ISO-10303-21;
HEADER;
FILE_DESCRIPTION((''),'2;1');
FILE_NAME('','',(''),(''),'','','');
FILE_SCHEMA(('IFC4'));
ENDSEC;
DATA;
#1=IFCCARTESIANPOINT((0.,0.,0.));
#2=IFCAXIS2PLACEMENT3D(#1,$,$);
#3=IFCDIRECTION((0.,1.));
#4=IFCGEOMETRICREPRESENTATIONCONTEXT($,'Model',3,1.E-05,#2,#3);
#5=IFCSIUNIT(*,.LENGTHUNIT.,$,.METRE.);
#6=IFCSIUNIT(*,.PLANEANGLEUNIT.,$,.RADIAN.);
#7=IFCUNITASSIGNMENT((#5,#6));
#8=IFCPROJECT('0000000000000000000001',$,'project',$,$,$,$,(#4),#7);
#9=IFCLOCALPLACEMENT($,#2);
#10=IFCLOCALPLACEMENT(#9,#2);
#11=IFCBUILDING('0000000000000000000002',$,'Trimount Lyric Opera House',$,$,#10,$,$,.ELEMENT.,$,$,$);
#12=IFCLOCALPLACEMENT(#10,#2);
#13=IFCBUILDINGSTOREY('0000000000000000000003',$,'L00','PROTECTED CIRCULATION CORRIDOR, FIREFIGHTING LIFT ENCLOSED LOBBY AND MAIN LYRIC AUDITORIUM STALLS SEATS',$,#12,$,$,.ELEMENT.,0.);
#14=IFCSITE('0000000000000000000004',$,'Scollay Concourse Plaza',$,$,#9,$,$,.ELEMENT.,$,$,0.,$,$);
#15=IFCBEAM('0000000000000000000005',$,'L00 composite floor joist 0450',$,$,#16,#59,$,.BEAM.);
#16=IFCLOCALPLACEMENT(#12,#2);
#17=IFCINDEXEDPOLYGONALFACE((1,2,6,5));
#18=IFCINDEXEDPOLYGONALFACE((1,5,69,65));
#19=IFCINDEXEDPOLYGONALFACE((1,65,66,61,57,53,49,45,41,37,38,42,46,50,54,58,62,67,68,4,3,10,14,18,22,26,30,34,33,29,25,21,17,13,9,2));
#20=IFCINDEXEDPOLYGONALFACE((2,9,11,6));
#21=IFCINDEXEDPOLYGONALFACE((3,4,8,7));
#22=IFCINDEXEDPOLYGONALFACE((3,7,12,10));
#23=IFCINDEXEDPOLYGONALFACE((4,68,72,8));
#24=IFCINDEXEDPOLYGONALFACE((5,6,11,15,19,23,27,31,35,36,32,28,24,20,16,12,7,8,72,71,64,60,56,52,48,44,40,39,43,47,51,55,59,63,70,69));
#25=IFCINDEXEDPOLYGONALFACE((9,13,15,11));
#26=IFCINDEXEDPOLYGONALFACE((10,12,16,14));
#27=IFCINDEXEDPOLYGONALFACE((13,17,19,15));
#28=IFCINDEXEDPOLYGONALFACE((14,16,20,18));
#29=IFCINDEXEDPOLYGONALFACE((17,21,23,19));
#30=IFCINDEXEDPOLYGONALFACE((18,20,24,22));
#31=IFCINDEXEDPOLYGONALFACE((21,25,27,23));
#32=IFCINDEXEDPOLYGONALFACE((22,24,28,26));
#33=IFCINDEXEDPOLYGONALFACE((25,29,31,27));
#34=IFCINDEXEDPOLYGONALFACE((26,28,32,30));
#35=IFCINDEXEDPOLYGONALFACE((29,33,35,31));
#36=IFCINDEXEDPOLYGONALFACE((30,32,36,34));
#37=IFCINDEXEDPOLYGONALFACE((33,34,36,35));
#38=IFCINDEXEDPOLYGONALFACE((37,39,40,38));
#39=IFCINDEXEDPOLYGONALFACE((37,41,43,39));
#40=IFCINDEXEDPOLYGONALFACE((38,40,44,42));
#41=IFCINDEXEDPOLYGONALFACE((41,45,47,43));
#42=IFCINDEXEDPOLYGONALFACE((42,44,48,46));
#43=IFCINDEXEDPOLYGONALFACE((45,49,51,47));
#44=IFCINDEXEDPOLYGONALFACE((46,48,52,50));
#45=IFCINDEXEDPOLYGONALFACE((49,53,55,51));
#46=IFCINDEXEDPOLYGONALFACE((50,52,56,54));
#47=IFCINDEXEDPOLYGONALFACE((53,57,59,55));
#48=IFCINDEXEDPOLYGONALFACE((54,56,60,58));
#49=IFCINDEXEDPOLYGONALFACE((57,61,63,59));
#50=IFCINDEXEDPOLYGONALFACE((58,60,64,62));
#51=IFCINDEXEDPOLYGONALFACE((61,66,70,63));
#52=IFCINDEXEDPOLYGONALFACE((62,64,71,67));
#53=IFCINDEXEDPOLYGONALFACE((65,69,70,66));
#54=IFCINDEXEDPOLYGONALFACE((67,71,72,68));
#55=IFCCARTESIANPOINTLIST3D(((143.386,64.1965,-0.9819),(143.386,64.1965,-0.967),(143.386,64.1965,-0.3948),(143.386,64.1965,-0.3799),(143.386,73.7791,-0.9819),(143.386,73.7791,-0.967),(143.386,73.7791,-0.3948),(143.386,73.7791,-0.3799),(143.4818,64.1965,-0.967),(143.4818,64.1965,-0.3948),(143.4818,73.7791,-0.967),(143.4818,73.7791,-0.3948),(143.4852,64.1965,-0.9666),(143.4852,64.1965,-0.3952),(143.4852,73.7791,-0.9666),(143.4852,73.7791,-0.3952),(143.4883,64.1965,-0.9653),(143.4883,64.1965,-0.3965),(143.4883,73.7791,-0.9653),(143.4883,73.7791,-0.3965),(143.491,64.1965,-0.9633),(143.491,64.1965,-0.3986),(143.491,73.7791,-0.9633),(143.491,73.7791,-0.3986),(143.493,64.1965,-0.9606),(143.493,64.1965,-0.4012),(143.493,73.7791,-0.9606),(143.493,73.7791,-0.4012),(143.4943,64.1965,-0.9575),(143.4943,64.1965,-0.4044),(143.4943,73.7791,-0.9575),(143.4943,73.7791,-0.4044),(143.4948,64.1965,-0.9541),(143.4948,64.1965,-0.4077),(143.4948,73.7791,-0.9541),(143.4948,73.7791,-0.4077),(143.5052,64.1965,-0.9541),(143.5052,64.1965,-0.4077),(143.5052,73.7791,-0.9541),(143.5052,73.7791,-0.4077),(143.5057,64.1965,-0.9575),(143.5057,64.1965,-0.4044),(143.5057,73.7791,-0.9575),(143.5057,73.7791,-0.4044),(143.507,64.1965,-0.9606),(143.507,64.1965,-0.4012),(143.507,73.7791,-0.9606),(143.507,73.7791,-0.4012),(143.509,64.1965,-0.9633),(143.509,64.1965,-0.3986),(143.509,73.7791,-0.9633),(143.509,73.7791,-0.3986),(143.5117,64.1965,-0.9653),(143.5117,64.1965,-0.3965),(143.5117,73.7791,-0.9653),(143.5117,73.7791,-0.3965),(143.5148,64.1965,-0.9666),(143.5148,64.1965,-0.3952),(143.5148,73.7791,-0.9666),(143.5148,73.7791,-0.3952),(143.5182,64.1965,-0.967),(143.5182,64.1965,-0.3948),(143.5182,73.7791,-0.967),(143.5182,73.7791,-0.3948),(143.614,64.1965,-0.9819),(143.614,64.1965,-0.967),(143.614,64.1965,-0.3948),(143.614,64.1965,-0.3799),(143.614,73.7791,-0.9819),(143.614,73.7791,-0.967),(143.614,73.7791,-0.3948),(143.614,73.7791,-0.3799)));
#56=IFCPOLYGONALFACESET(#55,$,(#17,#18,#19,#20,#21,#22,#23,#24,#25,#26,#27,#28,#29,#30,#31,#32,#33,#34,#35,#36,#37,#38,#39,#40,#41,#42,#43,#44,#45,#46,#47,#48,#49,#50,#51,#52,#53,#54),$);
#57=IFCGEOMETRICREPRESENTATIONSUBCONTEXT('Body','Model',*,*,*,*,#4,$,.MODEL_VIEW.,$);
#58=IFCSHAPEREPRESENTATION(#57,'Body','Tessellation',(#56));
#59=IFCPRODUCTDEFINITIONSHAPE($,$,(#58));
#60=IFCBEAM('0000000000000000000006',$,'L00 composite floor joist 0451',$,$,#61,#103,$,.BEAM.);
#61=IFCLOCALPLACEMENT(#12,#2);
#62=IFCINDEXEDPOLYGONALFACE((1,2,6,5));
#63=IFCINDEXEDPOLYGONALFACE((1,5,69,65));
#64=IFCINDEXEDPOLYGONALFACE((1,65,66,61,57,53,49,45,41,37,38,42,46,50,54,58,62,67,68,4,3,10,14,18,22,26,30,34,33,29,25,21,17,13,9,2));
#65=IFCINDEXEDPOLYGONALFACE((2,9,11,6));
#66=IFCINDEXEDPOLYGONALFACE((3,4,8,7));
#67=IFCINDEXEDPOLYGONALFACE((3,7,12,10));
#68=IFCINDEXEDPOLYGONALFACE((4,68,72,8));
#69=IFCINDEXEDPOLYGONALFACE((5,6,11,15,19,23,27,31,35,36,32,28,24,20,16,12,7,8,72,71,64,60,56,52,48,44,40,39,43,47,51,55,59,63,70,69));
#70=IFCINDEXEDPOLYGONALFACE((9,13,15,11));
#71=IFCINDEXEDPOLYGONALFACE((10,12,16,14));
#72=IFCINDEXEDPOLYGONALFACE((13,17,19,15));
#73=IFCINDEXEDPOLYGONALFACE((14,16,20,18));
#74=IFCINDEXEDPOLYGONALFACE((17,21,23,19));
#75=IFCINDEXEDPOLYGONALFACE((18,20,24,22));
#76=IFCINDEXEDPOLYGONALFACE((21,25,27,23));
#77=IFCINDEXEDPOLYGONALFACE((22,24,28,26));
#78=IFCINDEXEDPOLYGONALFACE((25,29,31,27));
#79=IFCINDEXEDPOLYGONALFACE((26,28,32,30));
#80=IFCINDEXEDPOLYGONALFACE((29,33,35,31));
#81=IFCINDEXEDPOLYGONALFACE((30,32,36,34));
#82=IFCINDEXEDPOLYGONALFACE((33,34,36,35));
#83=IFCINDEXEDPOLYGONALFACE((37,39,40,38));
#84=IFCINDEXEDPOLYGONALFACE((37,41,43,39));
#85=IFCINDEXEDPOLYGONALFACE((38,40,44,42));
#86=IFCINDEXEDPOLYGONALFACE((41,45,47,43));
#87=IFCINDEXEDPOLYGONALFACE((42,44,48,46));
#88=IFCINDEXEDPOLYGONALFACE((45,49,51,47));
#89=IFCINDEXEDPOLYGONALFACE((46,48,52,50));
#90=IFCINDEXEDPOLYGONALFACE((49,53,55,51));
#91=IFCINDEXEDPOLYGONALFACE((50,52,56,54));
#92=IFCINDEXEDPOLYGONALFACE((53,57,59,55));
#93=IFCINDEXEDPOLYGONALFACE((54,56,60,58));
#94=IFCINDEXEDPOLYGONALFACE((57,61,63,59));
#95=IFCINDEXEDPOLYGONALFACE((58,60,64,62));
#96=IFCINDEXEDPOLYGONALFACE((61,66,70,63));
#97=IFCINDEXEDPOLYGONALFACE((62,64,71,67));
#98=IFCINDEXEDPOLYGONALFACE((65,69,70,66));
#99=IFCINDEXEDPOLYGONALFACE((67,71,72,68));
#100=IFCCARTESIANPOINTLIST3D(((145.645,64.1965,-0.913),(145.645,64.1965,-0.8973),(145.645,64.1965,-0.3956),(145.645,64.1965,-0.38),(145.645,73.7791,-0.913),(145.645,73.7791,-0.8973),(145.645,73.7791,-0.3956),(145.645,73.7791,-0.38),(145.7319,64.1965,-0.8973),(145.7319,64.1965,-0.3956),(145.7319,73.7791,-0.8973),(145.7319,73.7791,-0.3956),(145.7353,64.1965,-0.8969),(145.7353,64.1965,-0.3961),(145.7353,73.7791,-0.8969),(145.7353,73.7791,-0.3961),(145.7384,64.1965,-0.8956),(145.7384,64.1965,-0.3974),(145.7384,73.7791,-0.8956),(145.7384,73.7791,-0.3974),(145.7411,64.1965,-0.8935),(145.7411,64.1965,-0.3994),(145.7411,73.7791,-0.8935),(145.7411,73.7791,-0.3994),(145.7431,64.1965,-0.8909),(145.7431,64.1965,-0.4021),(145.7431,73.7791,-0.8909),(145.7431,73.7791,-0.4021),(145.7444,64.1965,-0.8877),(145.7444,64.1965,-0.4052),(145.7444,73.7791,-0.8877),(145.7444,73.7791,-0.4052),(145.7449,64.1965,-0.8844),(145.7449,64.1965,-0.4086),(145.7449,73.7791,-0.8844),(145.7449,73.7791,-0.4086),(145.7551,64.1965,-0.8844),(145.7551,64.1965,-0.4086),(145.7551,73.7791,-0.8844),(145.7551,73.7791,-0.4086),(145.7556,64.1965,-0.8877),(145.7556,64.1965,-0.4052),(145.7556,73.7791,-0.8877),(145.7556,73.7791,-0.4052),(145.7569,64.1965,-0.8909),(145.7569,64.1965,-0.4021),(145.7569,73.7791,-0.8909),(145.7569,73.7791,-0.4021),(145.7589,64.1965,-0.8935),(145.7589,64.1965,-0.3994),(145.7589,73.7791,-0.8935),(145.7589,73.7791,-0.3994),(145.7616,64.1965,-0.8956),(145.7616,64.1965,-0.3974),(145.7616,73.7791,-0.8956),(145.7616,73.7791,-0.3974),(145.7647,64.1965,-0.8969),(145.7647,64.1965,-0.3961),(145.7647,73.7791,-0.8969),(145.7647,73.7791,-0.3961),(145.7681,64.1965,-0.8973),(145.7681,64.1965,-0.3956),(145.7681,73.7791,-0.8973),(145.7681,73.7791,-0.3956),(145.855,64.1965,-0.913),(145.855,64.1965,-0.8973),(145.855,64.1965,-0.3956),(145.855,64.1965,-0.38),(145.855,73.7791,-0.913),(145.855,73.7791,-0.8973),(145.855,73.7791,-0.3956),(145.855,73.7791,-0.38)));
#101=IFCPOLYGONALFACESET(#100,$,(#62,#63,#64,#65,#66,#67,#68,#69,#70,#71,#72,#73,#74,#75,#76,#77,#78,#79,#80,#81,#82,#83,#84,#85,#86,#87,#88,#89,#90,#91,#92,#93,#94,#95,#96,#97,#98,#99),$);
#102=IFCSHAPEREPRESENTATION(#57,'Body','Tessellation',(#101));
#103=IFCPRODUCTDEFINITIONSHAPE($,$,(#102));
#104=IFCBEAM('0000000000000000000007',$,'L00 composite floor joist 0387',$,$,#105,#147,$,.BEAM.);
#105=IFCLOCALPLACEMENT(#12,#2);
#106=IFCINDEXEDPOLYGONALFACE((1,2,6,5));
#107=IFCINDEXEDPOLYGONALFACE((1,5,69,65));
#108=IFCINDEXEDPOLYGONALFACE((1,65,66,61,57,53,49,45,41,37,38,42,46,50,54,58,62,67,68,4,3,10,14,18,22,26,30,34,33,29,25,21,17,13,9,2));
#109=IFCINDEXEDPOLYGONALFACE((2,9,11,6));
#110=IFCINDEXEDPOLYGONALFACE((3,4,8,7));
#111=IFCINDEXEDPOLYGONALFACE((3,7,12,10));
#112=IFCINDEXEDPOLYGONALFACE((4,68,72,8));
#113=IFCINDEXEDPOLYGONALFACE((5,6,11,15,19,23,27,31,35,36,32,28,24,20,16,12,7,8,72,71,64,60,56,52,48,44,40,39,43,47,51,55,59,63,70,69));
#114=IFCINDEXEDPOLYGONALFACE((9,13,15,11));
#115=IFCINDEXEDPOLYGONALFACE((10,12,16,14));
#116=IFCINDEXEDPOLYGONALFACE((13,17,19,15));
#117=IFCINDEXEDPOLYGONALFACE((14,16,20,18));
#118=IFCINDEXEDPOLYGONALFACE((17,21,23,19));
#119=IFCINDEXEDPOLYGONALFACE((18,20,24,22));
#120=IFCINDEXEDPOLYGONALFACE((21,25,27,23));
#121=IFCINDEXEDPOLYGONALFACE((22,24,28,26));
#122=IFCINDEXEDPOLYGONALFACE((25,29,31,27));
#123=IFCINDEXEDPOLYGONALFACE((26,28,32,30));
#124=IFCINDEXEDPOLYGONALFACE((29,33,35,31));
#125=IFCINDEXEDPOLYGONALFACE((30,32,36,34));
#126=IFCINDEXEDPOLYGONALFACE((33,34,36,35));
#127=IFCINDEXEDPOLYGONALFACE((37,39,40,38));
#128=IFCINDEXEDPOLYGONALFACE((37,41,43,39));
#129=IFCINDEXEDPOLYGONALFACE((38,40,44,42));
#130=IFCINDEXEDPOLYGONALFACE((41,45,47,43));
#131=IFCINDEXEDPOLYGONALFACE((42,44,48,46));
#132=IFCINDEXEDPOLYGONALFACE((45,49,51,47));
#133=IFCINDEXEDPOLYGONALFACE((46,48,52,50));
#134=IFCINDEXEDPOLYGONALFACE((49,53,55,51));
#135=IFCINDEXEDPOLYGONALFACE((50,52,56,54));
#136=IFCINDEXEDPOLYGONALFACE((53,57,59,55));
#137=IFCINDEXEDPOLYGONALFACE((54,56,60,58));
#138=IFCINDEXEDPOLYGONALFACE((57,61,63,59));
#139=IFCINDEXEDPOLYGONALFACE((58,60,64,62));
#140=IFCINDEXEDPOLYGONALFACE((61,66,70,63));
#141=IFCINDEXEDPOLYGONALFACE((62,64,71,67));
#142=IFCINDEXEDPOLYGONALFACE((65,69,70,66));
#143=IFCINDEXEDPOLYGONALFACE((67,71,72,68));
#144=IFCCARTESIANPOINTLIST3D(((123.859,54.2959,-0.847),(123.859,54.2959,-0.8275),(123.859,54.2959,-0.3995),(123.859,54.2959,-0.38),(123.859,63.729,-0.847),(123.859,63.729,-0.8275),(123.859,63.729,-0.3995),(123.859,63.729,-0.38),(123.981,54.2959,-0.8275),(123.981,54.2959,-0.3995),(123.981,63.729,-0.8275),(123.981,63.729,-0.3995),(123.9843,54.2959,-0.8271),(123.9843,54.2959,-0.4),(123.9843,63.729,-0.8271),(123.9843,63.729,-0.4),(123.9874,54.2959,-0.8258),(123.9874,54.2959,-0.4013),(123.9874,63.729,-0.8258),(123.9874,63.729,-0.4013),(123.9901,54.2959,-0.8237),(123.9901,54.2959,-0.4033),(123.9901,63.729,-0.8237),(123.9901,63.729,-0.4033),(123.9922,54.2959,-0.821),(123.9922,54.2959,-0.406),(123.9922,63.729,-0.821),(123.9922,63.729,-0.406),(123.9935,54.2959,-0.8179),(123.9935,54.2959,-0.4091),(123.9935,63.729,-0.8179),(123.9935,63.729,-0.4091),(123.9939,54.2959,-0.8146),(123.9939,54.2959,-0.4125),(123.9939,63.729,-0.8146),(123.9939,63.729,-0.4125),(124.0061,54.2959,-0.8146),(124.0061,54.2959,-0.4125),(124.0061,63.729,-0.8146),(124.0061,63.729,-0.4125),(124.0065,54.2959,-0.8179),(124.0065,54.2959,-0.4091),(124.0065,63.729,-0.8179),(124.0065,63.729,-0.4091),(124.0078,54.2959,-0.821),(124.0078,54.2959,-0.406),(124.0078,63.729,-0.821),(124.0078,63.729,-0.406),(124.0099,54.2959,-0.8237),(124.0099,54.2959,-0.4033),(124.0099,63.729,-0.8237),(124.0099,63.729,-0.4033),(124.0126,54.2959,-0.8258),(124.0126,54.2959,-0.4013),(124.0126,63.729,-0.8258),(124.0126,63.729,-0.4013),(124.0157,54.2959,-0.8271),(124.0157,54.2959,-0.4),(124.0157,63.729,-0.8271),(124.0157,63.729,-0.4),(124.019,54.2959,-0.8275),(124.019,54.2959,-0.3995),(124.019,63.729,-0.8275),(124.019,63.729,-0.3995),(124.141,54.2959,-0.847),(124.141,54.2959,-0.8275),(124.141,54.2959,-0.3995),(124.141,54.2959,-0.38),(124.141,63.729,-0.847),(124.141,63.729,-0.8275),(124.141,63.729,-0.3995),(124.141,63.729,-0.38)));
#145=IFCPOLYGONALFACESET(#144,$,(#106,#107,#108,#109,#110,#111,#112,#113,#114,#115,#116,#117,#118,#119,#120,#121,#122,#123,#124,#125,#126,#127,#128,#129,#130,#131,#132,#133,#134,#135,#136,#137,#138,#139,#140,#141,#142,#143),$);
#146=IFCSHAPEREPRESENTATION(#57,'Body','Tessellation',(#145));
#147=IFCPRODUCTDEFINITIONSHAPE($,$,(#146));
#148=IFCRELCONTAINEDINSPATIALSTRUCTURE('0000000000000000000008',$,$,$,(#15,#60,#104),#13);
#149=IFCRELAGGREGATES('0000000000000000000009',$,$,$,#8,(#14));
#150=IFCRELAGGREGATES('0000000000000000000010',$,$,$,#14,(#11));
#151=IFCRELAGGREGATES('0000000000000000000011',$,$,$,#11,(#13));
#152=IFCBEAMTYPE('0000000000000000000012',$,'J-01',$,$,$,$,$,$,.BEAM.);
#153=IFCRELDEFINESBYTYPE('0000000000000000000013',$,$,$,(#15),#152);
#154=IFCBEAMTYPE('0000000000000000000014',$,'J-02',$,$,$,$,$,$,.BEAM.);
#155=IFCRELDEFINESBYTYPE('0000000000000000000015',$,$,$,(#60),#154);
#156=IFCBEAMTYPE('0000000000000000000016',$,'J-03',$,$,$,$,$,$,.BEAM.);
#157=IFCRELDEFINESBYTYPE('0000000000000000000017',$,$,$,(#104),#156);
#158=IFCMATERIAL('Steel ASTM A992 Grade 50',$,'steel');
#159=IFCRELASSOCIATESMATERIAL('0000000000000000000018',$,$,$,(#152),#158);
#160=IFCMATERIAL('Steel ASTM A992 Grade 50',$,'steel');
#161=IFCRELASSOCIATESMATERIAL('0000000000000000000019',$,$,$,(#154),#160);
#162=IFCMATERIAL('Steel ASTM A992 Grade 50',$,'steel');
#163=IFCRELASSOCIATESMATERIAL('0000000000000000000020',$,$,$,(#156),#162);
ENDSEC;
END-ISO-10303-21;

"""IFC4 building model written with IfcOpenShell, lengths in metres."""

from ifc_helpers import new_model, si_unit, direction, frame, origin, origin_2d, place, context, subcontext, project, spatial, i_section, extrude, material, material_profile, profile_set, type_object, element, save


model = new_model("IFC4")

# Units and contexts
model_context = context("Model", 3, precision=1e-05, world=origin(), true_north=direction((0.0, 1.0)))
body_context = subcontext(model_context, "Body", "Model", "MODEL_VIEW")
ifc_project = project(units=[si_unit("LENGTHUNIT", "METRE"), si_unit("PLANEANGLEUNIT", "RADIAN")], contexts=[model_context])

# Site, building, storey
site_placement = place(None, origin())
site = spatial("IfcSite", under=ifc_project, at=site_placement, Name="Scollay Concourse Plaza", CompositionType="ELEMENT", RefElevation=0.0)
building_placement = place(site_placement, origin())
building = spatial("IfcBuilding", under=site, at=building_placement, Name="Trimount Lyric Opera House", CompositionType="ELEMENT")
storey_placement = place(building_placement, origin())
storey = spatial("IfcBuildingStorey", under=building, at=storey_placement, Name="L00", Description="PROTECTED CIRCULATION CORRIDOR, FIREFIGHTING LIFT ENCLOSED LOBBY AND MAIN LYRIC AUDITORIUM STALLS SEATS", CompositionType="ELEMENT", Elevation=0.0)

# Beams
ifc_material_1 = material(Name="Steel ASTM A992 Grade 50", Category="steel")
ifc_material_profile_1 = material_profile(ifc_material_1, i_section(OverallWidth=0.228, OverallDepth=0.6021, WebThickness=0.0105, FlangeThickness=0.0149, FilletRadius=0.0129, at=origin_2d()), Name="W24X68")
ifc_profile_set_1 = profile_set([ifc_material_profile_1], Name="Steel ASTM A992 Grade 50")
beam_type_1 = type_object("IfcBeamType", Name="J-01", PredefinedType="BEAM", material=ifc_profile_set_1)
beam_1_placement = place(storey_placement, frame((143.5, 64.1965, -0.6809), z_axis=(0.0, 1.0, 0.0), x_axis=(-1.0, 0.0, 0.0)))
element("IfcBeam", 1, at=beam_1_placement, inside=storey, type_object=beam_type_1, Name="L00 composite floor joist 0450", PredefinedType="BEAM", context=body_context, shape_type="SweptSolid", body=[
    extrude(i_section(OverallWidth=0.228, OverallDepth=0.6021, WebThickness=0.0105, FlangeThickness=0.0149, FilletRadius=0.0129, at=origin_2d()), origin(), (0.0, 0.0, 1.0), 9.5825),
])
ifc_material_2 = material(Name="Steel ASTM A992 Grade 50", Category="steel")
ifc_material_profile_2 = material_profile(ifc_material_2, i_section(OverallWidth=0.21, OverallDepth=0.533, WebThickness=0.0103, FlangeThickness=0.0156, FilletRadius=0.0129, at=origin_2d()), Name="W21X62")
ifc_profile_set_2 = profile_set([ifc_material_profile_2], Name="Steel ASTM A992 Grade 50")
beam_type_2 = type_object("IfcBeamType", Name="J-02", PredefinedType="BEAM", material=ifc_profile_set_2)
beam_2_placement = place(storey_placement, frame((145.75, 64.1965, -0.6465), z_axis=(0.0, 1.0, 0.0), x_axis=(-1.0, 0.0, 0.0)))
element("IfcBeam", 2, at=beam_2_placement, inside=storey, type_object=beam_type_2, Name="L00 composite floor joist 0451", PredefinedType="BEAM", context=body_context, shape_type="SweptSolid", body=[
    extrude(i_section(OverallWidth=0.21, OverallDepth=0.533, WebThickness=0.0103, FlangeThickness=0.0156, FilletRadius=0.0129, at=origin_2d()), origin(), (0.0, 0.0, 1.0), 9.5825),
])
ifc_material_3 = material(Name="Steel ASTM A992 Grade 50", Category="steel")
ifc_material_profile_3 = material_profile(ifc_material_3, i_section(OverallWidth=0.282, OverallDepth=0.467, WebThickness=0.0122, FlangeThickness=0.0195, FilletRadius=0.0129, at=origin_2d()), Name="W18X86")
ifc_profile_set_3 = profile_set([ifc_material_profile_3], Name="Steel ASTM A992 Grade 50")
beam_type_3 = type_object("IfcBeamType", Name="J-03", PredefinedType="BEAM", material=ifc_profile_set_3)
beam_3_placement = place(storey_placement, frame((124.0, 54.2959, -0.6135), z_axis=(0.0, 1.0, 0.0), x_axis=(-1.0, 0.0, 0.0)))
element("IfcBeam", 3, at=beam_3_placement, inside=storey, type_object=beam_type_3, Name="L00 composite floor joist 0387", PredefinedType="BEAM", context=body_context, shape_type="SweptSolid", body=[
    extrude(i_section(OverallWidth=0.282, OverallDepth=0.467, WebThickness=0.0122, FlangeThickness=0.0195, FilletRadius=0.0129, at=origin_2d()), origin(), (0.0, 0.0, 1.0), 9.4331),
])

save(model, "model.ifc")
